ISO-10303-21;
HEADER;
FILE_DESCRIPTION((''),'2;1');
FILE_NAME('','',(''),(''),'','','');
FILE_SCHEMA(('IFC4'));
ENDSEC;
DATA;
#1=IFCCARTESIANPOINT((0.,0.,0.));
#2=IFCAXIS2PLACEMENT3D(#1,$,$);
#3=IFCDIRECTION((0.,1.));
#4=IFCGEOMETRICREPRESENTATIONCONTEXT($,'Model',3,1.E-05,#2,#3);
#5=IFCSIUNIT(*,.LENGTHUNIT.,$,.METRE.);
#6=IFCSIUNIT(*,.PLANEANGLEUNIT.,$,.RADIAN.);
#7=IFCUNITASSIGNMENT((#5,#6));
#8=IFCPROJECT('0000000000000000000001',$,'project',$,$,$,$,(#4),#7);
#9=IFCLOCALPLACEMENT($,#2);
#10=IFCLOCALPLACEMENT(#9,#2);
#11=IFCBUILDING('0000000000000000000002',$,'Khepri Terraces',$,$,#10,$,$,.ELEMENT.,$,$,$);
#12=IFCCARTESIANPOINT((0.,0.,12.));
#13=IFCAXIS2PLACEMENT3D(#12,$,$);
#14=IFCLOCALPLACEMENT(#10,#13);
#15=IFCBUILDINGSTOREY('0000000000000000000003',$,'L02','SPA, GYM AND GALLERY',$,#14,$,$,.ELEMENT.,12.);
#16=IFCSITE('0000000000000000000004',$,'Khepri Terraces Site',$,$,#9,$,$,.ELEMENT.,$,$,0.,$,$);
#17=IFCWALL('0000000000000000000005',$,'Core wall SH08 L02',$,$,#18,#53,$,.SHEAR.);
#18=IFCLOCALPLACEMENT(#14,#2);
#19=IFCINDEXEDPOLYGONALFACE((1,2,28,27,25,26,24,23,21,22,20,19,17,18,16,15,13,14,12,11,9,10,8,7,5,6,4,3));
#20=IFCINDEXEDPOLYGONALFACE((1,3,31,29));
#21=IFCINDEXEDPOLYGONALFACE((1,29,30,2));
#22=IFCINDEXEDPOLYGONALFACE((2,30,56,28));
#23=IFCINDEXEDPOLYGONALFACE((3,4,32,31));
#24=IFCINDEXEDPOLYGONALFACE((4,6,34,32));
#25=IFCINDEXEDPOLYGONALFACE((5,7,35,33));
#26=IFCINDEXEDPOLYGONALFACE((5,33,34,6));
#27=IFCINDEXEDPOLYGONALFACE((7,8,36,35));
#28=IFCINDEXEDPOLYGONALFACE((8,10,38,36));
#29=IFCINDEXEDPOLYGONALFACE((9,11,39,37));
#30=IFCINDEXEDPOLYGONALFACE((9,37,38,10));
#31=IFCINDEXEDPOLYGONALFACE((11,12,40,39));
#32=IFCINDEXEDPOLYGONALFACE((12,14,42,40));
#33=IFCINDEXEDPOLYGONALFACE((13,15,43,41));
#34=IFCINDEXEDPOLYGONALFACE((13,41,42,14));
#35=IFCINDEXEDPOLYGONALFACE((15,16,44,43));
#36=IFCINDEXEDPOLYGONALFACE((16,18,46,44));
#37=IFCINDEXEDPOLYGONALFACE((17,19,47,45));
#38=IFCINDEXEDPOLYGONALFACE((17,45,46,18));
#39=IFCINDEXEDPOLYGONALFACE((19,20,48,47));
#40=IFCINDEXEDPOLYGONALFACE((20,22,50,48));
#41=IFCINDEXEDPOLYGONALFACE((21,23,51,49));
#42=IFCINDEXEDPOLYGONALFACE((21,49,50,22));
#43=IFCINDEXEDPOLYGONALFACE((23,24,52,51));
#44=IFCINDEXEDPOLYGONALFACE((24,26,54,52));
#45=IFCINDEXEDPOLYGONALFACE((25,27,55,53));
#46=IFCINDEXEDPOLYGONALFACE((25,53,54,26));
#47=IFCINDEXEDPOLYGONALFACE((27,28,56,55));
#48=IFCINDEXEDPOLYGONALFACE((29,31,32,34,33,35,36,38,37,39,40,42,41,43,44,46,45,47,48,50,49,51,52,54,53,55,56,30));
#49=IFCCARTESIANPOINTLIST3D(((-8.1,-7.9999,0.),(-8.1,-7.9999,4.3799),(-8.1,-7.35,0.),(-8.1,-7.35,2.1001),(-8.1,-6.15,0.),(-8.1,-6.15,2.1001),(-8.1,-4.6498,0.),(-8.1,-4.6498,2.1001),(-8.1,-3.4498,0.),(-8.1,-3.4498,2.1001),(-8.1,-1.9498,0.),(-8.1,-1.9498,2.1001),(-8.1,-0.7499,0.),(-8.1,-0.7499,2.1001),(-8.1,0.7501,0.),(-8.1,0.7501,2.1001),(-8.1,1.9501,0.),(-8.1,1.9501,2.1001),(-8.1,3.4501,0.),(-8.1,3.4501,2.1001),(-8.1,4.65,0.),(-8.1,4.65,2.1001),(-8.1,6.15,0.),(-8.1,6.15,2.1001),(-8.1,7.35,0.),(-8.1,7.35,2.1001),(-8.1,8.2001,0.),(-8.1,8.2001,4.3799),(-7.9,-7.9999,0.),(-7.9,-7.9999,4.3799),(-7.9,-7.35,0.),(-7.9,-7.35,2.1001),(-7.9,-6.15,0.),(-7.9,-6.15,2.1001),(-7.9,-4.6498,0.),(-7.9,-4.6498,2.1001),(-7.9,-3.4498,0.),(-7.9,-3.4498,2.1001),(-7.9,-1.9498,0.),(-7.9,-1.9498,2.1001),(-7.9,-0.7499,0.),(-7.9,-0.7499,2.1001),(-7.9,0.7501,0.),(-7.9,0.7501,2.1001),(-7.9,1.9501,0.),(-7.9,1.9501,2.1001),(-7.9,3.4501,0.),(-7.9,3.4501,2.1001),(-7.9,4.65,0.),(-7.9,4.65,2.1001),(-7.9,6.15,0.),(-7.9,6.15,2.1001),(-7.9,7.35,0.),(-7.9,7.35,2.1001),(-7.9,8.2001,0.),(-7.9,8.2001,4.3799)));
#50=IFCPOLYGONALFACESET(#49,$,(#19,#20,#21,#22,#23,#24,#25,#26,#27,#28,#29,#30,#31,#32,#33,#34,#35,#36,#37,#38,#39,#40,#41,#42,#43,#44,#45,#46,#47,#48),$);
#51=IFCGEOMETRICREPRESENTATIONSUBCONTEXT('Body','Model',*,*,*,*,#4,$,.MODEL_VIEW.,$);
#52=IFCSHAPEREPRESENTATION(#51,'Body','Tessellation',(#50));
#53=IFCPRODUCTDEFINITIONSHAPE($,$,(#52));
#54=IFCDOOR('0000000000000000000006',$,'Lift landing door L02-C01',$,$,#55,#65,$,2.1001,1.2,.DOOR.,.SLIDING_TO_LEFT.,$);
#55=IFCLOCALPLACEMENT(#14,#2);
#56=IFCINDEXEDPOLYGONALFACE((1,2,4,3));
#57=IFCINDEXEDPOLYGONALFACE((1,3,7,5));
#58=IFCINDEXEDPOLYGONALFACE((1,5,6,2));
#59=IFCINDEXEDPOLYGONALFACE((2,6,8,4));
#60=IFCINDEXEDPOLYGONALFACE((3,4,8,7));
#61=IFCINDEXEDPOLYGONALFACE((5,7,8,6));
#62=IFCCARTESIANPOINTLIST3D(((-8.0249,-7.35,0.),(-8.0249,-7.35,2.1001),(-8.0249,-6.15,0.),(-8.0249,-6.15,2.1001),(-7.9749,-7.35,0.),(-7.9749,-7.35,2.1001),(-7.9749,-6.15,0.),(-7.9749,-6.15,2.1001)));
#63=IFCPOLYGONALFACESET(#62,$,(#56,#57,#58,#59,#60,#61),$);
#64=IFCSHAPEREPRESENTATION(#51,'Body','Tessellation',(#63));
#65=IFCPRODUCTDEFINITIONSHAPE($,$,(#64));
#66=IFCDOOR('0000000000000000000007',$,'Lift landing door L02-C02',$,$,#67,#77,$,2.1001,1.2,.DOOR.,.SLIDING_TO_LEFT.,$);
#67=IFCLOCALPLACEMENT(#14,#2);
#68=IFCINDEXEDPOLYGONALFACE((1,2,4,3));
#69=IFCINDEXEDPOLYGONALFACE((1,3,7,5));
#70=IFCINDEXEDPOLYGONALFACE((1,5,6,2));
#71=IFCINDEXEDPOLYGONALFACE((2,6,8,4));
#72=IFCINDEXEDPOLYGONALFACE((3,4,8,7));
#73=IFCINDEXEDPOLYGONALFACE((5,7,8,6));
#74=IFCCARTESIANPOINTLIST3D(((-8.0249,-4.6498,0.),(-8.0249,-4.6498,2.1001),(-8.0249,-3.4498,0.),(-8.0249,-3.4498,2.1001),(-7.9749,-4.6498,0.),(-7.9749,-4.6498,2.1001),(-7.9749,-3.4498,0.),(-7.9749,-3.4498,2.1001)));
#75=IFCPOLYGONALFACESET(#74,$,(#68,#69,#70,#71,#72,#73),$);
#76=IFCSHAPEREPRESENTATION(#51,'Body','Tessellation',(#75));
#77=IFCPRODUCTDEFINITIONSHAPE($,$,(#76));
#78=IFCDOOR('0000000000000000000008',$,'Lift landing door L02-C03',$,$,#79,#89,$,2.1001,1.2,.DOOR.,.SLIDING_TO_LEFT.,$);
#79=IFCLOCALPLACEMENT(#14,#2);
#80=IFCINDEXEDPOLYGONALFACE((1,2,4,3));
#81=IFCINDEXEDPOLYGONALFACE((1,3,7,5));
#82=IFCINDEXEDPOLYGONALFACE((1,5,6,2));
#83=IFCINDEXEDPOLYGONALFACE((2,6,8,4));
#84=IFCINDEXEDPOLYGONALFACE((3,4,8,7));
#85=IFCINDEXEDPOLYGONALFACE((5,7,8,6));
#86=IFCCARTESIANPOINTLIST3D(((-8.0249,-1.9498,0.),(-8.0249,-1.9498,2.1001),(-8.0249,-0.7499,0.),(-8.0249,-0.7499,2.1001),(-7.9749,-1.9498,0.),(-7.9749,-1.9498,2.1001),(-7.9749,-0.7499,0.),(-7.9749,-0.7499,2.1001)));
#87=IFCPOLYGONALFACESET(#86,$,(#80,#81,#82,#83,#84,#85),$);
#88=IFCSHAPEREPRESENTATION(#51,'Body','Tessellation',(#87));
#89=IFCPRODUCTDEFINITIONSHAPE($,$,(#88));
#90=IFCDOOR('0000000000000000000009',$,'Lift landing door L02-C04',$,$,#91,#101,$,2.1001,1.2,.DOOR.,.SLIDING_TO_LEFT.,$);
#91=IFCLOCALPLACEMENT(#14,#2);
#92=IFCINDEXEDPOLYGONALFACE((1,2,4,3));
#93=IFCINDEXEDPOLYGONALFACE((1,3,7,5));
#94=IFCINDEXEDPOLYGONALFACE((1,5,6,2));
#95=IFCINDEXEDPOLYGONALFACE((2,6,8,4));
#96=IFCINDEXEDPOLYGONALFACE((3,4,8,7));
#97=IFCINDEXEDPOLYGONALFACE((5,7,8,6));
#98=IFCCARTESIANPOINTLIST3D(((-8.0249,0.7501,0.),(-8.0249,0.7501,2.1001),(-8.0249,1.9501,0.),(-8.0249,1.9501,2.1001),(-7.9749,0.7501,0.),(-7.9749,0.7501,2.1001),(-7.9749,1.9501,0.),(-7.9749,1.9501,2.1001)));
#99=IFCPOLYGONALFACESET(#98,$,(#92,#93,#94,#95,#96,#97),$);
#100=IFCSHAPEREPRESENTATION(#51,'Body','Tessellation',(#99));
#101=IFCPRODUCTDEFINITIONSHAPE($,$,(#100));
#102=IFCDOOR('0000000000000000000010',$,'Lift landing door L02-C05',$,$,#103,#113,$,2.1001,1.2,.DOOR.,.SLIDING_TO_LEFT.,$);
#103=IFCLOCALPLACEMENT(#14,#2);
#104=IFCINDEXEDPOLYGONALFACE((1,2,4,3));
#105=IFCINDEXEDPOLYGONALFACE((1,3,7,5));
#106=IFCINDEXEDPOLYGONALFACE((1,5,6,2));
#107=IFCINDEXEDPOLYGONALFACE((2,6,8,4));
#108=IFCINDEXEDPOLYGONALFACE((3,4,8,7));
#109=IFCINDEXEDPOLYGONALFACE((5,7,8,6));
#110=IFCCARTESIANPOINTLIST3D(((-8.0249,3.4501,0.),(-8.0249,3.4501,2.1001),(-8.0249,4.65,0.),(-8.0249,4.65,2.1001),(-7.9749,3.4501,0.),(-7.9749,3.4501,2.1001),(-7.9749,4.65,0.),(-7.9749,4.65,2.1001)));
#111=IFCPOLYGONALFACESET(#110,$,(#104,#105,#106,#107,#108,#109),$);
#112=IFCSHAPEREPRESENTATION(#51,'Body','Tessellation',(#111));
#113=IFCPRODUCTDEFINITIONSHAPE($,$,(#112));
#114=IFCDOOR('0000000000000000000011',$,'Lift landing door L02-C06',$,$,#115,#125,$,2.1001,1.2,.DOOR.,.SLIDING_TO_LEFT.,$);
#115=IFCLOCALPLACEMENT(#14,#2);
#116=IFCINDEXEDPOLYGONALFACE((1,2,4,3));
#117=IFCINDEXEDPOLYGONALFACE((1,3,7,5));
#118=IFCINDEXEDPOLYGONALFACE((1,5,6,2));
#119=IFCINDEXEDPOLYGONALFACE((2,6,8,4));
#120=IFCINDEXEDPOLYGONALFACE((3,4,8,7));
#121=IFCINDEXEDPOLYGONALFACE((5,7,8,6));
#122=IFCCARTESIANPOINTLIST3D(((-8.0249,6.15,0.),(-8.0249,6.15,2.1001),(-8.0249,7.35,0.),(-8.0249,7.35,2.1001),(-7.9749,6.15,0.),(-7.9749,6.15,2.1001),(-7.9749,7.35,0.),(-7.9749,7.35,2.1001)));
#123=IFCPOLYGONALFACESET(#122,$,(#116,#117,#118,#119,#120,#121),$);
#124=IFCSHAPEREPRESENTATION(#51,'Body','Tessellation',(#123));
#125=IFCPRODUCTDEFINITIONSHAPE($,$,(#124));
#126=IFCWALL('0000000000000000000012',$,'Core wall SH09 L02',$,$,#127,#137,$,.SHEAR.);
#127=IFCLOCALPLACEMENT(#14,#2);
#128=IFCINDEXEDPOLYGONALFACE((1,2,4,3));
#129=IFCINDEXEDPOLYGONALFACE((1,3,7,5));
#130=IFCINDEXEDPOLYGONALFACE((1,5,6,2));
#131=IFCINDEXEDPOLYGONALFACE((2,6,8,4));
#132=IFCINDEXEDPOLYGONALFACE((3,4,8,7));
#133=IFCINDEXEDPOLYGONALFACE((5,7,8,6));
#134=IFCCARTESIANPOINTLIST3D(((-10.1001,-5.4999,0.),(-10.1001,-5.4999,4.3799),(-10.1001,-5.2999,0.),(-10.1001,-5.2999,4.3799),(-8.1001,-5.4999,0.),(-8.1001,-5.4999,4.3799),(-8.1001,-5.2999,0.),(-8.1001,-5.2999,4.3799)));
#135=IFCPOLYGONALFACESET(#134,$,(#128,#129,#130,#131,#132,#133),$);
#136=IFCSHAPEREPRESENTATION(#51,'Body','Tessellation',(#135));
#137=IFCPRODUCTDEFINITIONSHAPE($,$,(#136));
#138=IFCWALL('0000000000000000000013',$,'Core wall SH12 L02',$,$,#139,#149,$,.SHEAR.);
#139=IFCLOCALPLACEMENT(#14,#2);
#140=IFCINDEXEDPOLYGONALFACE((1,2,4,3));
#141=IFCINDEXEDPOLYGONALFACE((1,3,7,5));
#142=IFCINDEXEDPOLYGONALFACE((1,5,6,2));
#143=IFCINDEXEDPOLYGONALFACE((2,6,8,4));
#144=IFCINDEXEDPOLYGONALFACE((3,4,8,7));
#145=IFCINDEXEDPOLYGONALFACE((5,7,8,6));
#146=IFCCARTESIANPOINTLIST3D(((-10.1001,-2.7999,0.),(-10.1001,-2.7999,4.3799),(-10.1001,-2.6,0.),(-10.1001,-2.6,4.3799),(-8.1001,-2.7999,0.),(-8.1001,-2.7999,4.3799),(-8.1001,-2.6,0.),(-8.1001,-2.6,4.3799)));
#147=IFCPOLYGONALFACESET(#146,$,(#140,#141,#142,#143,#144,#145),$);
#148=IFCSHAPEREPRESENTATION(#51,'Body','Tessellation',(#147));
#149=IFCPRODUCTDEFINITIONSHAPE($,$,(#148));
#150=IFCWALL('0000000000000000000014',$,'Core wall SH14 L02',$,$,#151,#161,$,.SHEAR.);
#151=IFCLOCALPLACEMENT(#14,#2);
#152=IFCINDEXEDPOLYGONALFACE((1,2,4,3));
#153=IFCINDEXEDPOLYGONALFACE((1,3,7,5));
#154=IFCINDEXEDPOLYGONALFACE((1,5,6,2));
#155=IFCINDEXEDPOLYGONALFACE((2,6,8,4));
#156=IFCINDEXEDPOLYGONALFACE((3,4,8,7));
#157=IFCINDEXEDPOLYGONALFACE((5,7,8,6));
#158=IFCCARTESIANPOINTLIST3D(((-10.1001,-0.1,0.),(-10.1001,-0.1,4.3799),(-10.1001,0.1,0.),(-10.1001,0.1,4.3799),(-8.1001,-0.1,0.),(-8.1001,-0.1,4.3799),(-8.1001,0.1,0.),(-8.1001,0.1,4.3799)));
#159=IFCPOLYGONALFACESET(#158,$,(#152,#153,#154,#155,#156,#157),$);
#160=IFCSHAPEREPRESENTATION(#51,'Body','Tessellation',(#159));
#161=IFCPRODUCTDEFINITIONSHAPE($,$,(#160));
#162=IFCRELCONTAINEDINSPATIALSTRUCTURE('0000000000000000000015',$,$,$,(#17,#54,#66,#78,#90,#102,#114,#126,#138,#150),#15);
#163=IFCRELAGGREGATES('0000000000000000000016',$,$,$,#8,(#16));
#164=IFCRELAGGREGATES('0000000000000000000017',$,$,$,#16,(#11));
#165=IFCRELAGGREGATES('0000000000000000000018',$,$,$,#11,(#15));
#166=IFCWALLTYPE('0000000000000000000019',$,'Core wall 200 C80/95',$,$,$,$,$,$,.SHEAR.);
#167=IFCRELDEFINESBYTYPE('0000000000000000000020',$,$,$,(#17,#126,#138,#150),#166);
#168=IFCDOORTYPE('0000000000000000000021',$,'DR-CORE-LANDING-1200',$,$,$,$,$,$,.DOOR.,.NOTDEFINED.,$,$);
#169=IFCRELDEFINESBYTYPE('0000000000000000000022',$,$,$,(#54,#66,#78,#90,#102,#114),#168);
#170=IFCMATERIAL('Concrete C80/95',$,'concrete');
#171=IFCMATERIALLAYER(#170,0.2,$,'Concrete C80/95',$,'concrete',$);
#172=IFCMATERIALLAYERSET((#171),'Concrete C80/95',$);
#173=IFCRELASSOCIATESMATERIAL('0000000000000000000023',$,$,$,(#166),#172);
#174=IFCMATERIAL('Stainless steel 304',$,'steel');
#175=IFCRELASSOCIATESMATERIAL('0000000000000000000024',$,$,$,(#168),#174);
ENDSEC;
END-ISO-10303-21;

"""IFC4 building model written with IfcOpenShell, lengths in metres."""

from ifc_helpers import new_model, si_unit, direction, frame, frame_2d, origin, place, context, subcontext, project, spatial, rectangle, extrude, material, layer, layer_set, type_object, element, fill, save


model = new_model("IFC4")

# Units and contexts
model_context = context("Model", 3, precision=1e-05, world=origin(), true_north=direction((0.0, 1.0)))
body_context = subcontext(model_context, "Body", "Model", "MODEL_VIEW")
ifc_project = project(units=[si_unit("LENGTHUNIT", "METRE"), si_unit("PLANEANGLEUNIT", "RADIAN")], contexts=[model_context])

# Site, building, storey
site_placement = place(None, origin())
site = spatial("IfcSite", under=ifc_project, at=site_placement, Name="Khepri Terraces Site", CompositionType="ELEMENT", RefElevation=0.0)
building_placement = place(site_placement, origin())
building = spatial("IfcBuilding", under=site, at=building_placement, Name="Khepri Terraces", CompositionType="ELEMENT")
storey_placement = place(building_placement, frame((0.0, 0.0, 12.0)))
storey = spatial("IfcBuildingStorey", under=building, at=storey_placement, Name="L02", Description="SPA, GYM AND GALLERY", CompositionType="ELEMENT", Elevation=12.0)

# Shared definitions
ifc_material_1 = material(Name="Concrete C80/95", Category="concrete")

# Wall, openings, doors
ifc_layer_1 = layer(ifc_material_1, 0.2, Name="Concrete C80/95", Category="concrete")
ifc_layer_set_1 = layer_set([ifc_layer_1], Name="Concrete C80/95")
wall_type_1 = type_object("IfcWallType", Name="Core wall 200 C80/95", PredefinedType="SHEAR", material=ifc_layer_set_1)
wall_1_placement = place(storey_placement, frame((-8.0, -8.0, 0.0), z_axis=(0.0, 0.0, 1.0), x_axis=(0.0, 1.0, 0.0)))
wall_1 = element("IfcWall", 1, at=wall_1_placement, inside=storey, type_object=wall_type_1, Name="Core wall SH08 L02", PredefinedType="SHEAR", context=body_context, shape_type="SweptSolid", body=[
    extrude(rectangle(XDim=16.2, YDim=0.2, at=frame_2d((8.1001, 0.0))), origin(), (0.0, 0.0, 1.0), 4.3799),
])
opening_1_placement = place(wall_1_placement, frame((0.6499, 0.0, 0.0)))
opening_1 = element("IfcOpeningElement", 2, at=opening_1_placement, cuts=wall_1, PredefinedType="OPENING", context=body_context, shape_type="SweptSolid", body=[
    extrude(rectangle(XDim=1.2, YDim=2.1001, at=frame_2d((0.6001, 1.05))), frame((0.0, 0.1099, 0.0), z_axis=(0.0, -1.0, 0.0), x_axis=(1.0, 0.0, 0.0)), (0.0, 0.0, 1.0), 0.22),
])
opening_2_placement = place(wall_1_placement, frame((3.3501, 0.0, 0.0)))
opening_2 = element("IfcOpeningElement", 3, at=opening_2_placement, cuts=wall_1, PredefinedType="OPENING", context=body_context, shape_type="SweptSolid", body=[
    extrude(rectangle(XDim=1.2, YDim=2.1001, at=frame_2d((0.6001, 1.05))), frame((0.0, 0.1099, 0.0), z_axis=(0.0, -1.0, 0.0), x_axis=(1.0, 0.0, 0.0)), (0.0, 0.0, 1.0), 0.22),
])
opening_3_placement = place(wall_1_placement, frame((6.05, 0.0, 0.0)))
opening_3 = element("IfcOpeningElement", 4, at=opening_3_placement, cuts=wall_1, PredefinedType="OPENING", context=body_context, shape_type="SweptSolid", body=[
    extrude(rectangle(XDim=1.2, YDim=2.1001, at=frame_2d((0.6001, 1.05))), frame((0.0, 0.1099, 0.0), z_axis=(0.0, -1.0, 0.0), x_axis=(1.0, 0.0, 0.0)), (0.0, 0.0, 1.0), 0.22),
])
opening_4_placement = place(wall_1_placement, frame((8.75, 0.0, 0.0)))
opening_4 = element("IfcOpeningElement", 5, at=opening_4_placement, cuts=wall_1, PredefinedType="OPENING", context=body_context, shape_type="SweptSolid", body=[
    extrude(rectangle(XDim=1.2, YDim=2.1001, at=frame_2d((0.6001, 1.05))), frame((0.0, 0.1099, 0.0), z_axis=(0.0, -1.0, 0.0), x_axis=(1.0, 0.0, 0.0)), (0.0, 0.0, 1.0), 0.22),
])
opening_5_placement = place(wall_1_placement, frame((11.45, 0.0, 0.0)))
opening_5 = element("IfcOpeningElement", 6, at=opening_5_placement, cuts=wall_1, PredefinedType="OPENING", context=body_context, shape_type="SweptSolid", body=[
    extrude(rectangle(XDim=1.2, YDim=2.1001, at=frame_2d((0.6001, 1.05))), frame((0.0, 0.1099, 0.0), z_axis=(0.0, -1.0, 0.0), x_axis=(1.0, 0.0, 0.0)), (0.0, 0.0, 1.0), 0.22),
])
opening_6_placement = place(wall_1_placement, frame((14.1499, 0.0, 0.0)))
opening_6 = element("IfcOpeningElement", 7, at=opening_6_placement, cuts=wall_1, PredefinedType="OPENING", context=body_context, shape_type="SweptSolid", body=[
    extrude(rectangle(XDim=1.2, YDim=2.1001, at=frame_2d((0.6001, 1.05))), frame((0.0, 0.1099, 0.0), z_axis=(0.0, -1.0, 0.0), x_axis=(1.0, 0.0, 0.0)), (0.0, 0.0, 1.0), 0.22),
])
ifc_material_2 = material(Name="Stainless steel 304", Category="steel")
door_type_1 = type_object("IfcDoorType", Name="DR-CORE-LANDING-1200", OperationType="NOTDEFINED", PredefinedType="DOOR", material=ifc_material_2)
door_1_placement = place(opening_1_placement, origin())
door_1 = element("IfcDoor", 8, at=door_1_placement, inside=storey, type_object=door_type_1, Name="Lift landing door L02-C01", OperationType="SLIDING_TO_LEFT", OverallHeight=2.1001, OverallWidth=1.2, PredefinedType="DOOR", context=body_context, shape_type="SweptSolid", body=[
    extrude(rectangle(XDim=1.2, YDim=2.1001, at=frame_2d((0.6001, 1.05))), frame((0.0, 0.0249, 0.0), z_axis=(0.0, -1.0, 0.0), x_axis=(1.0, 0.0, 0.0)), (0.0, 0.0, 1.0), 0.05),
])
fill(opening_1, door_1)
door_2_placement = place(opening_2_placement, origin())
door_2 = element("IfcDoor", 9, at=door_2_placement, inside=storey, type_object=door_type_1, Name="Lift landing door L02-C02", OperationType="SLIDING_TO_LEFT", OverallHeight=2.1001, OverallWidth=1.2, PredefinedType="DOOR", context=body_context, shape_type="SweptSolid", body=[
    extrude(rectangle(XDim=1.2, YDim=2.1001, at=frame_2d((0.6001, 1.05))), frame((0.0, 0.0249, 0.0), z_axis=(0.0, -1.0, 0.0), x_axis=(1.0, 0.0, 0.0)), (0.0, 0.0, 1.0), 0.05),
])
fill(opening_2, door_2)
door_3_placement = place(opening_3_placement, origin())
door_3 = element("IfcDoor", 10, at=door_3_placement, inside=storey, type_object=door_type_1, Name="Lift landing door L02-C03", OperationType="SLIDING_TO_LEFT", OverallHeight=2.1001, OverallWidth=1.2, PredefinedType="DOOR", context=body_context, shape_type="SweptSolid", body=[
    extrude(rectangle(XDim=1.2, YDim=2.1001, at=frame_2d((0.6001, 1.05))), frame((0.0, 0.0249, 0.0), z_axis=(0.0, -1.0, 0.0), x_axis=(1.0, 0.0, 0.0)), (0.0, 0.0, 1.0), 0.05),
])
fill(opening_3, door_3)
door_4_placement = place(opening_4_placement, origin())
door_4 = element("IfcDoor", 11, at=door_4_placement, inside=storey, type_object=door_type_1, Name="Lift landing door L02-C04", OperationType="SLIDING_TO_LEFT", OverallHeight=2.1001, OverallWidth=1.2, PredefinedType="DOOR", context=body_context, shape_type="SweptSolid", body=[
    extrude(rectangle(XDim=1.2, YDim=2.1001, at=frame_2d((0.6001, 1.05))), frame((0.0, 0.0249, 0.0), z_axis=(0.0, -1.0, 0.0), x_axis=(1.0, 0.0, 0.0)), (0.0, 0.0, 1.0), 0.05),
])
fill(opening_4, door_4)
door_5_placement = place(opening_5_placement, origin())
door_5 = element("IfcDoor", 12, at=door_5_placement, inside=storey, type_object=door_type_1, Name="Lift landing door L02-C05", OperationType="SLIDING_TO_LEFT", OverallHeight=2.1001, OverallWidth=1.2, PredefinedType="DOOR", context=body_context, shape_type="SweptSolid", body=[
    extrude(rectangle(XDim=1.2, YDim=2.1001, at=frame_2d((0.6001, 1.05))), frame((0.0, 0.0249, 0.0), z_axis=(0.0, -1.0, 0.0), x_axis=(1.0, 0.0, 0.0)), (0.0, 0.0, 1.0), 0.05),
])
fill(opening_5, door_5)
door_6_placement = place(opening_6_placement, origin())
door_6 = element("IfcDoor", 13, at=door_6_placement, inside=storey, type_object=door_type_1, Name="Lift landing door L02-C06", OperationType="SLIDING_TO_LEFT", OverallHeight=2.1001, OverallWidth=1.2, PredefinedType="DOOR", context=body_context, shape_type="SweptSolid", body=[
    extrude(rectangle(XDim=1.2, YDim=2.1001, at=frame_2d((0.6001, 1.05))), frame((0.0, 0.0249, 0.0), z_axis=(0.0, -1.0, 0.0), x_axis=(1.0, 0.0, 0.0)), (0.0, 0.0, 1.0), 0.05),
])
fill(opening_6, door_6)

# Walls
for number, where, z_axis, x_axis, name in (
    (14, (-10.1001, -5.3999, 0.0), (0.0, 0.0, 1.0), (1.0, 0.0, 0.0), "Core wall SH09 L02"),
    (15, (-10.1001, -2.7, 0.0), (0.0, 0.0, 1.0), (1.0, 0.0, 0.0), "Core wall SH12 L02"),
    (16, (-10.1001, 0.0, 0.0), (0.0, 0.0, 1.0), (1.0, 0.0, 0.0), "Core wall SH14 L02"),
):
    element("IfcWall", number, at=place(storey_placement, frame(where, z_axis=z_axis, x_axis=x_axis)), inside=storey, type_object=wall_type_1, Name=name, PredefinedType="SHEAR", context=body_context, shape_type="SweptSolid", body=[
        extrude(rectangle(XDim=2.0, YDim=0.2, at=frame_2d((1.0, 0.0))), origin(), (0.0, 0.0, 1.0), 4.3799),
    ])

save(model, "model.ifc")
